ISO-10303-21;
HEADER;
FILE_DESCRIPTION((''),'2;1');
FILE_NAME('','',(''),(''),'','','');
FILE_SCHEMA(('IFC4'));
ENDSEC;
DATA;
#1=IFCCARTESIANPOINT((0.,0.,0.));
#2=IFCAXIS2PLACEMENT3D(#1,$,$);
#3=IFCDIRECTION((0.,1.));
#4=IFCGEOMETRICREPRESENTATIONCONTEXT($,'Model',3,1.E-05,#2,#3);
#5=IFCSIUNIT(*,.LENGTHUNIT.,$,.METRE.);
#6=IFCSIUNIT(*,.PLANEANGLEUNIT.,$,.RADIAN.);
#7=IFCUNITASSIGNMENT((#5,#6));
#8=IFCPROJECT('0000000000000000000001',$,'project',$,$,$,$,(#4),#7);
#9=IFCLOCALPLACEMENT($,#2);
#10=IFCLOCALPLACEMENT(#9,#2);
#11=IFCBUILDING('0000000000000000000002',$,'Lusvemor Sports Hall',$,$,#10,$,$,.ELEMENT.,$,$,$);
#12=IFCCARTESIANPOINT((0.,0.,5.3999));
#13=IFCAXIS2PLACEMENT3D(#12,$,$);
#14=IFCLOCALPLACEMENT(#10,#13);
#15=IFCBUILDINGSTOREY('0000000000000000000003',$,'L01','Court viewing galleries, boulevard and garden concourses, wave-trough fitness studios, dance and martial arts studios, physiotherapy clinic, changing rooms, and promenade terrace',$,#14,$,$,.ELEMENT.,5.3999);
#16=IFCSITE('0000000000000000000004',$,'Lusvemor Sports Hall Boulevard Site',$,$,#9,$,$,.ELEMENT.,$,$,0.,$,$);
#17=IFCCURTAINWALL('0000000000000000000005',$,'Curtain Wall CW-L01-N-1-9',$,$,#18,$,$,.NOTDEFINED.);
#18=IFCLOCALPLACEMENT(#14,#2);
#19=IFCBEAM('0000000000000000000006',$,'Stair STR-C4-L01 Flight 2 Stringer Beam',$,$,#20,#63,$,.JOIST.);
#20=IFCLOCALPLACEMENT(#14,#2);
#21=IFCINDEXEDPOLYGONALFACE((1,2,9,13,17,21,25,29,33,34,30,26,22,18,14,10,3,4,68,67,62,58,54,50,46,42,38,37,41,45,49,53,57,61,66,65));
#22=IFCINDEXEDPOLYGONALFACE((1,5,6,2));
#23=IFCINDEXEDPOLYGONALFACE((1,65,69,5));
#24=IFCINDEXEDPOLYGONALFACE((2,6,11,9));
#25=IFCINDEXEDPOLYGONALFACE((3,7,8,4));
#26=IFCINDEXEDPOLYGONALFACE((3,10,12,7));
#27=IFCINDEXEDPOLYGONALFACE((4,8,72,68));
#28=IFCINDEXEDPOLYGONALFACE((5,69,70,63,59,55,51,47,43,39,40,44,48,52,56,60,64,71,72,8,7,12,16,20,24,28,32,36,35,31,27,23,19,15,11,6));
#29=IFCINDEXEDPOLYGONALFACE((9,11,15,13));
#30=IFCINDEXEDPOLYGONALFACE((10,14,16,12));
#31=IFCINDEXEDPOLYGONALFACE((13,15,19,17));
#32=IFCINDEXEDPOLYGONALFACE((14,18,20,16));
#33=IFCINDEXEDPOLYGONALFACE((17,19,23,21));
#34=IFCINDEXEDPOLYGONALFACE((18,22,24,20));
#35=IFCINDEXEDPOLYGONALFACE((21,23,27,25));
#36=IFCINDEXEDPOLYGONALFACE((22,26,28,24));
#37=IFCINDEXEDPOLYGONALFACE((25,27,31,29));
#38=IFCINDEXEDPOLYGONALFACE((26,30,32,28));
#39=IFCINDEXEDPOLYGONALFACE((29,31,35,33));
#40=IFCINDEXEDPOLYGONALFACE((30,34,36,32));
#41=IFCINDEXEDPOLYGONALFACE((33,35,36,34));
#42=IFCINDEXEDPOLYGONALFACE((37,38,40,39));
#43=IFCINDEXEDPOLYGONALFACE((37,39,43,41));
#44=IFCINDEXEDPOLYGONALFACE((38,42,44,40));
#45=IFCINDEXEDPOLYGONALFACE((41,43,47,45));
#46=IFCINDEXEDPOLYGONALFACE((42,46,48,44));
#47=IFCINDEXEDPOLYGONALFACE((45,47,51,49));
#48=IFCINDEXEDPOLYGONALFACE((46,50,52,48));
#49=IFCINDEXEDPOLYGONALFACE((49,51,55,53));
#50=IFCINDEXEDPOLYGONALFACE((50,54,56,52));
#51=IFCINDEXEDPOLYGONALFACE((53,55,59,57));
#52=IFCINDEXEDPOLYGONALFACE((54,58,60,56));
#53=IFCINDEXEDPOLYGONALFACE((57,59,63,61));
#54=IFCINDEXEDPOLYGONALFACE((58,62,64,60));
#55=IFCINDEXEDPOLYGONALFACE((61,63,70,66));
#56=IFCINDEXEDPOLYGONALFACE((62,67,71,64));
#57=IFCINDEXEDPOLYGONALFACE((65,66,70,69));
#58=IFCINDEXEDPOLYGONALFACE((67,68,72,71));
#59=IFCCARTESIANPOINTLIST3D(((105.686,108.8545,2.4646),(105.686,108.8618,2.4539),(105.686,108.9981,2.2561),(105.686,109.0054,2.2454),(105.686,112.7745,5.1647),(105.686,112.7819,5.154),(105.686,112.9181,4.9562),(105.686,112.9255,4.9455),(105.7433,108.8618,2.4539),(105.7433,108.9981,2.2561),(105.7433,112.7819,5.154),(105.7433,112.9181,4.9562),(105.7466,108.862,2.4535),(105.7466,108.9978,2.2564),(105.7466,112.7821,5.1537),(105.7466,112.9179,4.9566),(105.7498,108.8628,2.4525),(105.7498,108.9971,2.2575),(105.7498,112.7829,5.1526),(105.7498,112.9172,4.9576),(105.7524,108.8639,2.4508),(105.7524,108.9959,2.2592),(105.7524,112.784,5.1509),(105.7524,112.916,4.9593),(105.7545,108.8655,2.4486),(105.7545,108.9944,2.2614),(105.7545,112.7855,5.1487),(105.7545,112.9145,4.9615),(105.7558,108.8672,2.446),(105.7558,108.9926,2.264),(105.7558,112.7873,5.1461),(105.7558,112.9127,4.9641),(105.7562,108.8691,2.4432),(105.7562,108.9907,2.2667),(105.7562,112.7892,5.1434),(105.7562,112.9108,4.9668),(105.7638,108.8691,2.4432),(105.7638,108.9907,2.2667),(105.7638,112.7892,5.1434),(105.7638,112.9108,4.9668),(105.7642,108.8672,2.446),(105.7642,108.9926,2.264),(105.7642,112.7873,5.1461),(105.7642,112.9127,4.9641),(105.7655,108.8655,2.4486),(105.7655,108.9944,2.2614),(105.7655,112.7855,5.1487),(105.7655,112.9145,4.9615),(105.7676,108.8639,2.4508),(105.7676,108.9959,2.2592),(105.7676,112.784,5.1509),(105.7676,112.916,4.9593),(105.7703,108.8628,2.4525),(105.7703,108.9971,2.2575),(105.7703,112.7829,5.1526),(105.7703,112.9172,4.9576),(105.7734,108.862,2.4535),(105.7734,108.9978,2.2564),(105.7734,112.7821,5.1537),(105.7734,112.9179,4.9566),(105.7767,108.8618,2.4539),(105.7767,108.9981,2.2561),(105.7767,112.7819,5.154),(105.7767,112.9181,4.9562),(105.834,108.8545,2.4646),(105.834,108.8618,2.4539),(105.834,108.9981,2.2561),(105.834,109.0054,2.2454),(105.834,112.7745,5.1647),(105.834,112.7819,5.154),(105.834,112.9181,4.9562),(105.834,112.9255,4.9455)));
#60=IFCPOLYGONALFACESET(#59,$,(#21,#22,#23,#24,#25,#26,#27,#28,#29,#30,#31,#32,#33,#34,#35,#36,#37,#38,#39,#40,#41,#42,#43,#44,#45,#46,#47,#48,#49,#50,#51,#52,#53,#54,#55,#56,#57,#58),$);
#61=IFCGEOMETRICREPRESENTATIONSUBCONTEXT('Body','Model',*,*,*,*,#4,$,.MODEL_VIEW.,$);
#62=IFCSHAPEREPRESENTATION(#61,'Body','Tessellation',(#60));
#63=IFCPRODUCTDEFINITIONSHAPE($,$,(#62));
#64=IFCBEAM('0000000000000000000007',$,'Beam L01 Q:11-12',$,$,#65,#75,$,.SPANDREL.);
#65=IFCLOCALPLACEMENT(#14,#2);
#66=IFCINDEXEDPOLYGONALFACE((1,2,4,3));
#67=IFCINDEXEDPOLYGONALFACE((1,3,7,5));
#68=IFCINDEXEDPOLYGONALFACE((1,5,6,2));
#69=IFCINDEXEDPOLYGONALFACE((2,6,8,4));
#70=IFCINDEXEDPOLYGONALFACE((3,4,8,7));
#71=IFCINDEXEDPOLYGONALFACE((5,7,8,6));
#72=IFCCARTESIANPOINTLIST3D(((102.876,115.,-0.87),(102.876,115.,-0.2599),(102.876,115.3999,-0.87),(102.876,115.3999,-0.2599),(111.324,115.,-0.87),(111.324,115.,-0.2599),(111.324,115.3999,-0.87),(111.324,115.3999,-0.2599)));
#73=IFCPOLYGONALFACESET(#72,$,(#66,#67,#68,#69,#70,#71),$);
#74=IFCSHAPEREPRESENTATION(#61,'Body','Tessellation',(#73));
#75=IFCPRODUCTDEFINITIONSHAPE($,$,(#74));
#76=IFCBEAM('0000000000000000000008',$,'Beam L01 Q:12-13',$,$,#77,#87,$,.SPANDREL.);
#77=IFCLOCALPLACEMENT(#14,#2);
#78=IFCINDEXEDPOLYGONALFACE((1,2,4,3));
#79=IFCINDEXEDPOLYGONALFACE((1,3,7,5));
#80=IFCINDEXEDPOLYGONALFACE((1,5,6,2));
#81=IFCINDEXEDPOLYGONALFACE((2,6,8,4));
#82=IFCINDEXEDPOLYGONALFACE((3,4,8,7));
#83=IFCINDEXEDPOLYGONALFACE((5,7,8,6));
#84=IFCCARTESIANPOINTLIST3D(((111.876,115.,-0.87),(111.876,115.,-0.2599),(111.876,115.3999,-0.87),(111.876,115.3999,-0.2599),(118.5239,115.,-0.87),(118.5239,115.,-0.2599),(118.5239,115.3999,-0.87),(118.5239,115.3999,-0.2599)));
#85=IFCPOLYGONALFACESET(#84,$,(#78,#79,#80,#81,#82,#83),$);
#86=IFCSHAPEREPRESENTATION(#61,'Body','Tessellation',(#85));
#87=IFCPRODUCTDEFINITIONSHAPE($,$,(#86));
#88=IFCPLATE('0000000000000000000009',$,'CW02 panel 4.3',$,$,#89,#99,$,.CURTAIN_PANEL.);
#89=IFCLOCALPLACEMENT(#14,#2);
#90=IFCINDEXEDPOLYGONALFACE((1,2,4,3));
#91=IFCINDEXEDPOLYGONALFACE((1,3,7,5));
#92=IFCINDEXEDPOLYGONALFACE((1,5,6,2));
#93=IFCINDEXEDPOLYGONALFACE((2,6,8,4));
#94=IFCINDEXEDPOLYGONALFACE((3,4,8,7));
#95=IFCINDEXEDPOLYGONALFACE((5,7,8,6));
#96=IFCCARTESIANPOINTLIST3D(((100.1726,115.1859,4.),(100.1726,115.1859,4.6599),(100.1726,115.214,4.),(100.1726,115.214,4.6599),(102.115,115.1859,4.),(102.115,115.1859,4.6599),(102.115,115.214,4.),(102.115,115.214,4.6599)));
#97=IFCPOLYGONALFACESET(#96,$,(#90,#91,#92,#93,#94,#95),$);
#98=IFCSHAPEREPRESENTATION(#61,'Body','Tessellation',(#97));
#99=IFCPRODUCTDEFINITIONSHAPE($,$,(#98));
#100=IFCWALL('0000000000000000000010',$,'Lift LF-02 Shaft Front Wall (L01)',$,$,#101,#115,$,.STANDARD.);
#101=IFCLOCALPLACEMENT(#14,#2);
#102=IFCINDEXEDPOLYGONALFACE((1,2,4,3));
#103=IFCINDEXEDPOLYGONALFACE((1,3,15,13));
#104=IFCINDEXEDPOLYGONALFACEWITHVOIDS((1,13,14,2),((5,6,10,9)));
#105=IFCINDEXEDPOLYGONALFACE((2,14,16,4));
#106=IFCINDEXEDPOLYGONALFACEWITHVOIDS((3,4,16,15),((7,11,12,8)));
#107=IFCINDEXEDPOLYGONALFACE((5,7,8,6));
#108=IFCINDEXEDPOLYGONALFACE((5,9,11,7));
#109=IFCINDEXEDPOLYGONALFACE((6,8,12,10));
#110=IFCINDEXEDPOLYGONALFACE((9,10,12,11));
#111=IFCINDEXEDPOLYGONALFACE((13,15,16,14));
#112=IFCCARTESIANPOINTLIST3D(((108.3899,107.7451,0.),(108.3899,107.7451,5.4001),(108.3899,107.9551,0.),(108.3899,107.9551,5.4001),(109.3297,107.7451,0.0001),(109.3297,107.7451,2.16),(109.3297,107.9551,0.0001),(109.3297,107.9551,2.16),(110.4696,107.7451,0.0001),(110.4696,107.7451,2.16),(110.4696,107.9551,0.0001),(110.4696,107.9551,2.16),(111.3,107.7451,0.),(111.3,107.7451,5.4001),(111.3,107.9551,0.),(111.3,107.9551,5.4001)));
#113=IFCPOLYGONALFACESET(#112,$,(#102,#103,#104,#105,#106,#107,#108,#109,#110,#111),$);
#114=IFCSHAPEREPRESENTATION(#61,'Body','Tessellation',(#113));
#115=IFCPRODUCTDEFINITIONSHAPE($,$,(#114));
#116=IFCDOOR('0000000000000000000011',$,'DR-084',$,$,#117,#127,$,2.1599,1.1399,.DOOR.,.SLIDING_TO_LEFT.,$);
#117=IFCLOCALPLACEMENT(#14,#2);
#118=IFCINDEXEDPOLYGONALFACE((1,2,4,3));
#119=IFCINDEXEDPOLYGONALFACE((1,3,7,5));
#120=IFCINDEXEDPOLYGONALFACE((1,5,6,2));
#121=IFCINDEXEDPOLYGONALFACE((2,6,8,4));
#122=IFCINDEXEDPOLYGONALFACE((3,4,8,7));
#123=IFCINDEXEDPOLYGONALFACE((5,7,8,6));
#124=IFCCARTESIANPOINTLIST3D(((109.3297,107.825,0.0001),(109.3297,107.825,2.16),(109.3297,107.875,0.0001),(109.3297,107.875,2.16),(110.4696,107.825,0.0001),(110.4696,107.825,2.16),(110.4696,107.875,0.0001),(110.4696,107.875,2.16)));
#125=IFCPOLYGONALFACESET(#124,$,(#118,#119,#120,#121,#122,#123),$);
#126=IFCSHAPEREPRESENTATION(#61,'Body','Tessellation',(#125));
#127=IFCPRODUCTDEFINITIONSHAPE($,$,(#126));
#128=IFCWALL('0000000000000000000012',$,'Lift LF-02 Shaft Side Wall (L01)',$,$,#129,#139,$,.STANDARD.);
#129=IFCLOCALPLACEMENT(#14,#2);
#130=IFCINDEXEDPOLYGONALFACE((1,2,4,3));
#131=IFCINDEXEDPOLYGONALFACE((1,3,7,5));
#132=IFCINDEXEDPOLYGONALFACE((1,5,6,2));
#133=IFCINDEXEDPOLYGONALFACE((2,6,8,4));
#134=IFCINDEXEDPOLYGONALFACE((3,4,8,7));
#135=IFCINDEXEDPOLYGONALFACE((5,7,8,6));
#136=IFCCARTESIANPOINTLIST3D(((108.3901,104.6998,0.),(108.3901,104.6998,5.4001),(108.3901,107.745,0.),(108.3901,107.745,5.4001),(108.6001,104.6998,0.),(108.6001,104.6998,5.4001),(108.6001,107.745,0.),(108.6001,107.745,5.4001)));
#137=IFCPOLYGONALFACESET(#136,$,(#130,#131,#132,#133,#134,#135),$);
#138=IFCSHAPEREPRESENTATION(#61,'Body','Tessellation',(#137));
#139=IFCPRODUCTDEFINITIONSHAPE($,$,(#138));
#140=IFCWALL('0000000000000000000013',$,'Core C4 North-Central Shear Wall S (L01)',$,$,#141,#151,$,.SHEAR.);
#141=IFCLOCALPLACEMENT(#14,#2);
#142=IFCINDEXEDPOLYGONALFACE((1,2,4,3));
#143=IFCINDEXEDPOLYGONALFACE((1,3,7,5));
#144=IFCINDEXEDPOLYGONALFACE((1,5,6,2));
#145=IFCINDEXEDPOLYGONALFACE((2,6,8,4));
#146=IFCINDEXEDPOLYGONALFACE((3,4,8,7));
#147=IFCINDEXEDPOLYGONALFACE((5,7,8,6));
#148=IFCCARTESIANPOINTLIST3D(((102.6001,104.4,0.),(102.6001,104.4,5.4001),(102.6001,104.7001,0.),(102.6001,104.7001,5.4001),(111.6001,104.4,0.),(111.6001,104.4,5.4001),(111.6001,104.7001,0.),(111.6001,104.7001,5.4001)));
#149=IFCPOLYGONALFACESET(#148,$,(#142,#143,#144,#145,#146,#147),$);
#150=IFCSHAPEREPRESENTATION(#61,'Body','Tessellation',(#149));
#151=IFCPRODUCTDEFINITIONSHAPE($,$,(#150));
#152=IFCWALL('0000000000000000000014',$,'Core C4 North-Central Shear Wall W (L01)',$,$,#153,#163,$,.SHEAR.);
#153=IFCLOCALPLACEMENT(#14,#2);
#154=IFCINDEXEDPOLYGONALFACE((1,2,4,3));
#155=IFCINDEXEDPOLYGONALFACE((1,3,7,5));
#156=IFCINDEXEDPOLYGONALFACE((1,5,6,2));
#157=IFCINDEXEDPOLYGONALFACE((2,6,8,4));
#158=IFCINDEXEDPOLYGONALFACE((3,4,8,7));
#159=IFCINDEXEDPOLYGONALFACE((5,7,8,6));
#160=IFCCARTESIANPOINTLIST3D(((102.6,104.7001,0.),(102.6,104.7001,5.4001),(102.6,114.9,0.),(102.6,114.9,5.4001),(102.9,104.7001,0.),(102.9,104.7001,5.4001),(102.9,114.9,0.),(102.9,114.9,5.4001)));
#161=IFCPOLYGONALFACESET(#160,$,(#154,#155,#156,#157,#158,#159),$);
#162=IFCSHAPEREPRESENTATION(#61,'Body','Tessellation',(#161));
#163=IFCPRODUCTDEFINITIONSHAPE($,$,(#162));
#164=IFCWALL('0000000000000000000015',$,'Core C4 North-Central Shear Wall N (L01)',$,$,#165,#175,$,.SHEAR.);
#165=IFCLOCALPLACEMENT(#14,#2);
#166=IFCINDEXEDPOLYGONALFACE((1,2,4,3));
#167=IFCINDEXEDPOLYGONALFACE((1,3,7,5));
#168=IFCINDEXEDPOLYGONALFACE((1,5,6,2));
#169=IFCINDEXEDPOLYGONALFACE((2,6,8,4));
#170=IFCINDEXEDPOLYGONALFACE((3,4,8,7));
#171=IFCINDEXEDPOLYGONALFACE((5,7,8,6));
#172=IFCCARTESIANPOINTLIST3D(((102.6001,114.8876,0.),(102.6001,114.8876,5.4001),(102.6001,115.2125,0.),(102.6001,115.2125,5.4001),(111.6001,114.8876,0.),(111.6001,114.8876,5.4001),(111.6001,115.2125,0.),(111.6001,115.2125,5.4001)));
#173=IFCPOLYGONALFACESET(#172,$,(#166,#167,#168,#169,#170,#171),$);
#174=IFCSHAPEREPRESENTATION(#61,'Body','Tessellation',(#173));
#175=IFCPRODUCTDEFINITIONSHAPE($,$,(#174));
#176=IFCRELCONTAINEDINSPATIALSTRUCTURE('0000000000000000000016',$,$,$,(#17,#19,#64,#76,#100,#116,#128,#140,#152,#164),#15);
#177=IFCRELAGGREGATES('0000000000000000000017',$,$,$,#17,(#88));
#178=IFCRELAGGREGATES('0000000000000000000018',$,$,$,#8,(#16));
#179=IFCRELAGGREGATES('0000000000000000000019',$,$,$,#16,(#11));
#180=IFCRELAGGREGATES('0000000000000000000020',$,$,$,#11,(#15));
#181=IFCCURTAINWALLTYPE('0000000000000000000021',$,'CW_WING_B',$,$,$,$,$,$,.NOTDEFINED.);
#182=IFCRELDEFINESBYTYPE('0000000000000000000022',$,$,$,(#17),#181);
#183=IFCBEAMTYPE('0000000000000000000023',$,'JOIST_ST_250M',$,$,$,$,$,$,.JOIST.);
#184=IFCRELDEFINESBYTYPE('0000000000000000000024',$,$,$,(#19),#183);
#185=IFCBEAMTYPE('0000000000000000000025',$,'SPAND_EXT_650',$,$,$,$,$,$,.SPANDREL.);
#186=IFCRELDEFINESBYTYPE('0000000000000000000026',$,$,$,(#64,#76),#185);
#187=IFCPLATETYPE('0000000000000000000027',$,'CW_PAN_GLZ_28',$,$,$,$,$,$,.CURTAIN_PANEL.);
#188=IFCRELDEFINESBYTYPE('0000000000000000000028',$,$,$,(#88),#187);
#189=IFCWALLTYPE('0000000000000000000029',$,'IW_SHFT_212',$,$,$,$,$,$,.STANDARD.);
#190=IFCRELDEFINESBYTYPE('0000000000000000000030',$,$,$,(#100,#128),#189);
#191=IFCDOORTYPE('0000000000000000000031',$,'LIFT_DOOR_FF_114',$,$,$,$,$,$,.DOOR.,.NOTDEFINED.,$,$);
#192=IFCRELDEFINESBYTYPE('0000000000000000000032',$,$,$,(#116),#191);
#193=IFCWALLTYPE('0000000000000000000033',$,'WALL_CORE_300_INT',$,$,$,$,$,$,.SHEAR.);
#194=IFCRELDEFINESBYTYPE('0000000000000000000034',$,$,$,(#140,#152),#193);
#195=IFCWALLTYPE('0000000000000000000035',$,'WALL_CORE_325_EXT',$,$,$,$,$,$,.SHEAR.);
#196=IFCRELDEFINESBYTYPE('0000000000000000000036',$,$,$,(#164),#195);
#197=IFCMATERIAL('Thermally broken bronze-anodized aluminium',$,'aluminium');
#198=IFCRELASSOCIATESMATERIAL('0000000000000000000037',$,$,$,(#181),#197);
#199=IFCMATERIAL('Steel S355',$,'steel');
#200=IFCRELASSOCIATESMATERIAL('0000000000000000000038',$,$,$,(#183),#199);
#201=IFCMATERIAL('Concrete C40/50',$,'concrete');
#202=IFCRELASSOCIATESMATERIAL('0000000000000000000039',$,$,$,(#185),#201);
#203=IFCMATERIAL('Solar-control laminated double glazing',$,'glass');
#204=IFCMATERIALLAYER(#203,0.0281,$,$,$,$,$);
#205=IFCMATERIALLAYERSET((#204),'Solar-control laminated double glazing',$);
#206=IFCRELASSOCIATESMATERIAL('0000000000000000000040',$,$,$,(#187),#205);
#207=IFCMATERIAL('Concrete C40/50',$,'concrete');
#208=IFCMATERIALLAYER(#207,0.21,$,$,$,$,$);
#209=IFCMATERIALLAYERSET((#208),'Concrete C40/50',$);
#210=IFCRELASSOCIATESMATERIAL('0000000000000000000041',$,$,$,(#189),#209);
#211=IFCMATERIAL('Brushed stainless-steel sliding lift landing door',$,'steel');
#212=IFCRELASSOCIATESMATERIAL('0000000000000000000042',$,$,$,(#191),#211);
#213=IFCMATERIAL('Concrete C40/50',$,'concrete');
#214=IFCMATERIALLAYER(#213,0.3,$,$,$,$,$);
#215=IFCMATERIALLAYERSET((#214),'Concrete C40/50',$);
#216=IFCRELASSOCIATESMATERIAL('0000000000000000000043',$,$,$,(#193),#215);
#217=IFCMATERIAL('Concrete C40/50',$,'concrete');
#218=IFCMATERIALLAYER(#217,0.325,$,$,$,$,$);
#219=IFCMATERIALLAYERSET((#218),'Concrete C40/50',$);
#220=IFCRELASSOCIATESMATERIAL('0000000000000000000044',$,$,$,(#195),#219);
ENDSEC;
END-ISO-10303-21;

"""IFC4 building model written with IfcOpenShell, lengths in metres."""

from ifc_helpers import new_model, si_unit, direction, frame, frame_2d, origin, origin_2d, place, context, subcontext, project, spatial, rectangle, i_section, extrude, material, layer, layer_set, material_profile, profile_set, type_object, element, fill, aggregate, save


model = new_model("IFC4")

# Units and contexts
model_context = context("Model", 3, precision=1e-05, world=origin(), true_north=direction((0.0, 1.0)))
body_context = subcontext(model_context, "Body", "Model", "MODEL_VIEW")
ifc_project = project(units=[si_unit("LENGTHUNIT", "METRE"), si_unit("PLANEANGLEUNIT", "RADIAN")], contexts=[model_context])

# Site, building, storey
site_placement = place(None, origin())
site = spatial("IfcSite", under=ifc_project, at=site_placement, Name="Lusvemor Sports Hall Boulevard Site", CompositionType="ELEMENT", RefElevation=0.0)
building_placement = place(site_placement, origin())
building = spatial("IfcBuilding", under=site, at=building_placement, Name="Lusvemor Sports Hall", CompositionType="ELEMENT")
storey_placement = place(building_placement, frame((0.0, 0.0, 5.3999)))
storey = spatial("IfcBuildingStorey", under=building, at=storey_placement, Name="L01", Description="Court viewing galleries, boulevard and garden concourses, wave-trough fitness studios, dance and martial arts studios, physiotherapy clinic, changing rooms, and promenade terrace", CompositionType="ELEMENT", Elevation=5.3999)

# Curtain wall
ifc_material_1 = material(Name="Thermally broken bronze-anodized aluminium", Category="aluminium")
curtain_wall_type = type_object("IfcCurtainWallType", Name="CW_WING_B", PredefinedType="NOTDEFINED", material=ifc_material_1)
curtain_wall_placement = place(storey_placement, origin())
curtain_wall = element("IfcCurtainWall", 1, at=curtain_wall_placement, inside=storey, type_object=curtain_wall_type, Name="Curtain Wall CW-L01-N-1-9", PredefinedType="NOTDEFINED")

# Beams
ifc_material_2 = material(Name="Steel S355", Category="steel")
ifc_material_profile_1 = material_profile(ifc_material_2, i_section(OverallWidth=0.1479, OverallDepth=0.2661, WebThickness=0.0076, FlangeThickness=0.0129, FilletRadius=0.0129, at=origin_2d()), Name="W250x44.8")
ifc_profile_set_1 = profile_set([ifc_material_profile_1], Name="Steel S355")
beam_type_1 = type_object("IfcBeamType", Name="JOIST_ST_250M", PredefinedType="JOIST", material=ifc_profile_set_1)
beam_1_placement = place(storey_placement, frame((105.76, 108.9299, 2.355), z_axis=(0.0, 0.823543, 0.567253), x_axis=(-1.0, 0.0, 0.0)))
element("IfcBeam", 2, at=beam_1_placement, inside=storey, type_object=beam_type_1, Name="Stair STR-C4-L01 Flight 2 Stringer Beam", PredefinedType="JOIST", context=body_context, shape_type="SweptSolid", body=[
    extrude(i_section(OverallWidth=0.1479, OverallDepth=0.2661, WebThickness=0.0076, FlangeThickness=0.0129, FilletRadius=0.0129, at=origin_2d()), origin(), (0.0, 0.0, 1.0), 4.76),
])
ifc_material_3 = material(Name="Concrete C40/50", Category="concrete")
ifc_material_profile_2 = material_profile(ifc_material_3, rectangle(XDim=0.3999, YDim=0.6101, at=origin_2d()), Name="RC400x610")
ifc_profile_set_2 = profile_set([ifc_material_profile_2], Name="Concrete C40/50")
beam_type_2 = type_object("IfcBeamType", Name="SPAND_EXT_650", PredefinedType="SPANDREL", material=ifc_profile_set_2)
beam_2_placement = place(storey_placement, frame((102.876, 115.2, -0.5649), z_axis=(1.0, 0.0, 0.0), x_axis=(0.0, 1.0, 0.0)))
element("IfcBeam", 3, at=beam_2_placement, inside=storey, type_object=beam_type_2, Name="Beam L01 Q:11-12", PredefinedType="SPANDREL", context=body_context, shape_type="SweptSolid", body=[
    extrude(rectangle(XDim=0.3999, YDim=0.6101, at=origin_2d()), origin(), (0.0, 0.0, 1.0), 8.448),
])
beam_3_placement = place(storey_placement, frame((111.876, 115.2, -0.5649), z_axis=(1.0, 0.0, 0.0), x_axis=(0.0, 1.0, 0.0)))
element("IfcBeam", 4, at=beam_3_placement, inside=storey, type_object=beam_type_2, Name="Beam L01 Q:12-13", PredefinedType="SPANDREL", context=body_context, shape_type="SweptSolid", body=[
    extrude(rectangle(XDim=0.3999, YDim=0.6101, at=origin_2d()), origin(), (0.0, 0.0, 1.0), 6.6479),
])

# Plate
ifc_material_4 = material(Name="Solar-control laminated double glazing", Category="glass")
ifc_layer_1 = layer(ifc_material_4, 0.0281)
ifc_layer_set_1 = layer_set([ifc_layer_1], Name="Solar-control laminated double glazing")
plate_type = type_object("IfcPlateType", Name="CW_PAN_GLZ_28", PredefinedType="CURTAIN_PANEL", material=ifc_layer_set_1)
plate_placement = place(storey_placement, frame((101.1438, 115.2, 4.0), z_axis=(0.0, 0.0, 1.0), x_axis=(1.0, 0.0, 0.0)))
plate = element("IfcPlate", 5, at=plate_placement, type_object=plate_type, Name="CW02 panel 4.3", PredefinedType="CURTAIN_PANEL", context=body_context, shape_type="SweptSolid", body=[
    extrude(rectangle(XDim=1.9424, YDim=0.0281, at=origin_2d()), origin(), (0.0, 0.0, 1.0), 0.6599),
])
aggregate(curtain_wall, [plate])

# Wall, opening, door
ifc_material_5 = material(Name="Concrete C40/50", Category="concrete")
ifc_layer_2 = layer(ifc_material_5, 0.21)
ifc_layer_set_2 = layer_set([ifc_layer_2], Name="Concrete C40/50")
wall_type_1 = type_object("IfcWallType", Name="IW_SHFT_212", PredefinedType="STANDARD", material=ifc_layer_set_2)
wall_1_placement = place(storey_placement, frame((108.3899, 107.8501, 0.0), z_axis=(0.0, 0.0, 1.0), x_axis=(1.0, 0.0, 0.0)))
wall_1 = element("IfcWall", 6, at=wall_1_placement, inside=storey, type_object=wall_type_1, Name="Lift LF-02 Shaft Front Wall (L01)", PredefinedType="STANDARD", context=body_context, shape_type="SweptSolid", body=[
    extrude(rectangle(XDim=2.9102, YDim=0.21, at=frame_2d((1.4551, 0.0))), origin(), (0.0, 0.0, 1.0), 5.4001),
])
opening_1_placement = place(wall_1_placement, frame((0.9399, 0.0, 0.0)))
opening_1 = element("IfcOpeningElement", 7, at=opening_1_placement, cuts=wall_1, PredefinedType="OPENING", context=body_context, shape_type="SweptSolid", body=[
    extrude(rectangle(XDim=1.1399, YDim=2.1599, at=frame_2d((0.5698, 1.0801))), frame((0.0, 0.105, 0.0), z_axis=(0.0, -1.0, 0.0), x_axis=(1.0, 0.0, 0.0)), (0.0, 0.0, 1.0), 0.21),
])
ifc_material_6 = material(Name="Brushed stainless-steel sliding lift landing door", Category="steel")
door_type_1 = type_object("IfcDoorType", Name="LIFT_DOOR_FF_114", OperationType="NOTDEFINED", PredefinedType="DOOR", material=ifc_material_6)
door_1_placement = place(opening_1_placement, origin())
door_1 = element("IfcDoor", 8, at=door_1_placement, inside=storey, type_object=door_type_1, Name="DR-084", OperationType="SLIDING_TO_LEFT", OverallHeight=2.1599, OverallWidth=1.1399, PredefinedType="DOOR", context=body_context, shape_type="SweptSolid", body=[
    extrude(rectangle(XDim=1.1399, YDim=2.1599, at=frame_2d((0.5698, 1.0801))), frame((0.0, 0.0249, 0.0), z_axis=(0.0, -1.0, 0.0), x_axis=(1.0, 0.0, 0.0)), (0.0, 0.0, 1.0), 0.05),
])
fill(opening_1, door_1)

# Walls
wall_2_placement = place(storey_placement, frame((108.4951, 104.7, 0.0), z_axis=(0.0, 0.0, 1.0), x_axis=(0.0, 1.0, 0.0)))
element("IfcWall", 9, at=wall_2_placement, inside=storey, type_object=wall_type_1, Name="Lift LF-02 Shaft Side Wall (L01)", PredefinedType="STANDARD", context=body_context, shape_type="SweptSolid", body=[
    extrude(rectangle(XDim=3.0452, YDim=0.21, at=frame_2d((1.5225, 0.0))), origin(), (0.0, 0.0, 1.0), 5.4001),
])
ifc_material_7 = material(Name="Concrete C40/50", Category="concrete")
ifc_layer_3 = layer(ifc_material_7, 0.3)
ifc_layer_set_3 = layer_set([ifc_layer_3], Name="Concrete C40/50")
wall_type_2 = type_object("IfcWallType", Name="WALL_CORE_300_INT", PredefinedType="SHEAR", material=ifc_layer_set_3)
wall_3_placement = place(storey_placement, frame((111.6001, 104.55, 0.0), z_axis=(0.0, 0.0, 1.0), x_axis=(-1.0, 0.0, 0.0)))
element("IfcWall", 10, at=wall_3_placement, inside=storey, type_object=wall_type_2, Name="Core C4 North-Central Shear Wall S (L01)", PredefinedType="SHEAR", context=body_context, shape_type="SweptSolid", body=[
    extrude(rectangle(XDim=9.0, YDim=0.3, at=frame_2d((4.5, 0.0))), origin(), (0.0, 0.0, 1.0), 5.4001),
])
wall_4_placement = place(storey_placement, frame((102.75, 104.7, 0.0), z_axis=(0.0, 0.0, 1.0), x_axis=(0.0, 1.0, 0.0)))
element("IfcWall", 11, at=wall_4_placement, inside=storey, type_object=wall_type_2, Name="Core C4 North-Central Shear Wall W (L01)", PredefinedType="SHEAR", context=body_context, shape_type="SweptSolid", body=[
    extrude(rectangle(XDim=10.2, YDim=0.3, at=frame_2d((5.1001, 0.0))), origin(), (0.0, 0.0, 1.0), 5.4001),
])

# Wall
ifc_material_8 = material(Name="Concrete C40/50", Category="concrete")
ifc_layer_4 = layer(ifc_material_8, 0.325)
ifc_layer_set_4 = layer_set([ifc_layer_4], Name="Concrete C40/50")
wall_type_3 = type_object("IfcWallType", Name="WALL_CORE_325_EXT", PredefinedType="SHEAR", material=ifc_layer_set_4)
wall_5_placement = place(storey_placement, frame((102.6001, 115.05, 0.0), z_axis=(0.0, 0.0, 1.0), x_axis=(1.0, 0.0, 0.0)))
element("IfcWall", 12, at=wall_5_placement, inside=storey, type_object=wall_type_3, Name="Core C4 North-Central Shear Wall N (L01)", PredefinedType="SHEAR", context=body_context, shape_type="SweptSolid", body=[
    extrude(rectangle(XDim=9.0, YDim=0.325, at=frame_2d((4.5, 0.0))), origin(), (0.0, 0.0, 1.0), 5.4001),
])

save(model, "model.ifc")
